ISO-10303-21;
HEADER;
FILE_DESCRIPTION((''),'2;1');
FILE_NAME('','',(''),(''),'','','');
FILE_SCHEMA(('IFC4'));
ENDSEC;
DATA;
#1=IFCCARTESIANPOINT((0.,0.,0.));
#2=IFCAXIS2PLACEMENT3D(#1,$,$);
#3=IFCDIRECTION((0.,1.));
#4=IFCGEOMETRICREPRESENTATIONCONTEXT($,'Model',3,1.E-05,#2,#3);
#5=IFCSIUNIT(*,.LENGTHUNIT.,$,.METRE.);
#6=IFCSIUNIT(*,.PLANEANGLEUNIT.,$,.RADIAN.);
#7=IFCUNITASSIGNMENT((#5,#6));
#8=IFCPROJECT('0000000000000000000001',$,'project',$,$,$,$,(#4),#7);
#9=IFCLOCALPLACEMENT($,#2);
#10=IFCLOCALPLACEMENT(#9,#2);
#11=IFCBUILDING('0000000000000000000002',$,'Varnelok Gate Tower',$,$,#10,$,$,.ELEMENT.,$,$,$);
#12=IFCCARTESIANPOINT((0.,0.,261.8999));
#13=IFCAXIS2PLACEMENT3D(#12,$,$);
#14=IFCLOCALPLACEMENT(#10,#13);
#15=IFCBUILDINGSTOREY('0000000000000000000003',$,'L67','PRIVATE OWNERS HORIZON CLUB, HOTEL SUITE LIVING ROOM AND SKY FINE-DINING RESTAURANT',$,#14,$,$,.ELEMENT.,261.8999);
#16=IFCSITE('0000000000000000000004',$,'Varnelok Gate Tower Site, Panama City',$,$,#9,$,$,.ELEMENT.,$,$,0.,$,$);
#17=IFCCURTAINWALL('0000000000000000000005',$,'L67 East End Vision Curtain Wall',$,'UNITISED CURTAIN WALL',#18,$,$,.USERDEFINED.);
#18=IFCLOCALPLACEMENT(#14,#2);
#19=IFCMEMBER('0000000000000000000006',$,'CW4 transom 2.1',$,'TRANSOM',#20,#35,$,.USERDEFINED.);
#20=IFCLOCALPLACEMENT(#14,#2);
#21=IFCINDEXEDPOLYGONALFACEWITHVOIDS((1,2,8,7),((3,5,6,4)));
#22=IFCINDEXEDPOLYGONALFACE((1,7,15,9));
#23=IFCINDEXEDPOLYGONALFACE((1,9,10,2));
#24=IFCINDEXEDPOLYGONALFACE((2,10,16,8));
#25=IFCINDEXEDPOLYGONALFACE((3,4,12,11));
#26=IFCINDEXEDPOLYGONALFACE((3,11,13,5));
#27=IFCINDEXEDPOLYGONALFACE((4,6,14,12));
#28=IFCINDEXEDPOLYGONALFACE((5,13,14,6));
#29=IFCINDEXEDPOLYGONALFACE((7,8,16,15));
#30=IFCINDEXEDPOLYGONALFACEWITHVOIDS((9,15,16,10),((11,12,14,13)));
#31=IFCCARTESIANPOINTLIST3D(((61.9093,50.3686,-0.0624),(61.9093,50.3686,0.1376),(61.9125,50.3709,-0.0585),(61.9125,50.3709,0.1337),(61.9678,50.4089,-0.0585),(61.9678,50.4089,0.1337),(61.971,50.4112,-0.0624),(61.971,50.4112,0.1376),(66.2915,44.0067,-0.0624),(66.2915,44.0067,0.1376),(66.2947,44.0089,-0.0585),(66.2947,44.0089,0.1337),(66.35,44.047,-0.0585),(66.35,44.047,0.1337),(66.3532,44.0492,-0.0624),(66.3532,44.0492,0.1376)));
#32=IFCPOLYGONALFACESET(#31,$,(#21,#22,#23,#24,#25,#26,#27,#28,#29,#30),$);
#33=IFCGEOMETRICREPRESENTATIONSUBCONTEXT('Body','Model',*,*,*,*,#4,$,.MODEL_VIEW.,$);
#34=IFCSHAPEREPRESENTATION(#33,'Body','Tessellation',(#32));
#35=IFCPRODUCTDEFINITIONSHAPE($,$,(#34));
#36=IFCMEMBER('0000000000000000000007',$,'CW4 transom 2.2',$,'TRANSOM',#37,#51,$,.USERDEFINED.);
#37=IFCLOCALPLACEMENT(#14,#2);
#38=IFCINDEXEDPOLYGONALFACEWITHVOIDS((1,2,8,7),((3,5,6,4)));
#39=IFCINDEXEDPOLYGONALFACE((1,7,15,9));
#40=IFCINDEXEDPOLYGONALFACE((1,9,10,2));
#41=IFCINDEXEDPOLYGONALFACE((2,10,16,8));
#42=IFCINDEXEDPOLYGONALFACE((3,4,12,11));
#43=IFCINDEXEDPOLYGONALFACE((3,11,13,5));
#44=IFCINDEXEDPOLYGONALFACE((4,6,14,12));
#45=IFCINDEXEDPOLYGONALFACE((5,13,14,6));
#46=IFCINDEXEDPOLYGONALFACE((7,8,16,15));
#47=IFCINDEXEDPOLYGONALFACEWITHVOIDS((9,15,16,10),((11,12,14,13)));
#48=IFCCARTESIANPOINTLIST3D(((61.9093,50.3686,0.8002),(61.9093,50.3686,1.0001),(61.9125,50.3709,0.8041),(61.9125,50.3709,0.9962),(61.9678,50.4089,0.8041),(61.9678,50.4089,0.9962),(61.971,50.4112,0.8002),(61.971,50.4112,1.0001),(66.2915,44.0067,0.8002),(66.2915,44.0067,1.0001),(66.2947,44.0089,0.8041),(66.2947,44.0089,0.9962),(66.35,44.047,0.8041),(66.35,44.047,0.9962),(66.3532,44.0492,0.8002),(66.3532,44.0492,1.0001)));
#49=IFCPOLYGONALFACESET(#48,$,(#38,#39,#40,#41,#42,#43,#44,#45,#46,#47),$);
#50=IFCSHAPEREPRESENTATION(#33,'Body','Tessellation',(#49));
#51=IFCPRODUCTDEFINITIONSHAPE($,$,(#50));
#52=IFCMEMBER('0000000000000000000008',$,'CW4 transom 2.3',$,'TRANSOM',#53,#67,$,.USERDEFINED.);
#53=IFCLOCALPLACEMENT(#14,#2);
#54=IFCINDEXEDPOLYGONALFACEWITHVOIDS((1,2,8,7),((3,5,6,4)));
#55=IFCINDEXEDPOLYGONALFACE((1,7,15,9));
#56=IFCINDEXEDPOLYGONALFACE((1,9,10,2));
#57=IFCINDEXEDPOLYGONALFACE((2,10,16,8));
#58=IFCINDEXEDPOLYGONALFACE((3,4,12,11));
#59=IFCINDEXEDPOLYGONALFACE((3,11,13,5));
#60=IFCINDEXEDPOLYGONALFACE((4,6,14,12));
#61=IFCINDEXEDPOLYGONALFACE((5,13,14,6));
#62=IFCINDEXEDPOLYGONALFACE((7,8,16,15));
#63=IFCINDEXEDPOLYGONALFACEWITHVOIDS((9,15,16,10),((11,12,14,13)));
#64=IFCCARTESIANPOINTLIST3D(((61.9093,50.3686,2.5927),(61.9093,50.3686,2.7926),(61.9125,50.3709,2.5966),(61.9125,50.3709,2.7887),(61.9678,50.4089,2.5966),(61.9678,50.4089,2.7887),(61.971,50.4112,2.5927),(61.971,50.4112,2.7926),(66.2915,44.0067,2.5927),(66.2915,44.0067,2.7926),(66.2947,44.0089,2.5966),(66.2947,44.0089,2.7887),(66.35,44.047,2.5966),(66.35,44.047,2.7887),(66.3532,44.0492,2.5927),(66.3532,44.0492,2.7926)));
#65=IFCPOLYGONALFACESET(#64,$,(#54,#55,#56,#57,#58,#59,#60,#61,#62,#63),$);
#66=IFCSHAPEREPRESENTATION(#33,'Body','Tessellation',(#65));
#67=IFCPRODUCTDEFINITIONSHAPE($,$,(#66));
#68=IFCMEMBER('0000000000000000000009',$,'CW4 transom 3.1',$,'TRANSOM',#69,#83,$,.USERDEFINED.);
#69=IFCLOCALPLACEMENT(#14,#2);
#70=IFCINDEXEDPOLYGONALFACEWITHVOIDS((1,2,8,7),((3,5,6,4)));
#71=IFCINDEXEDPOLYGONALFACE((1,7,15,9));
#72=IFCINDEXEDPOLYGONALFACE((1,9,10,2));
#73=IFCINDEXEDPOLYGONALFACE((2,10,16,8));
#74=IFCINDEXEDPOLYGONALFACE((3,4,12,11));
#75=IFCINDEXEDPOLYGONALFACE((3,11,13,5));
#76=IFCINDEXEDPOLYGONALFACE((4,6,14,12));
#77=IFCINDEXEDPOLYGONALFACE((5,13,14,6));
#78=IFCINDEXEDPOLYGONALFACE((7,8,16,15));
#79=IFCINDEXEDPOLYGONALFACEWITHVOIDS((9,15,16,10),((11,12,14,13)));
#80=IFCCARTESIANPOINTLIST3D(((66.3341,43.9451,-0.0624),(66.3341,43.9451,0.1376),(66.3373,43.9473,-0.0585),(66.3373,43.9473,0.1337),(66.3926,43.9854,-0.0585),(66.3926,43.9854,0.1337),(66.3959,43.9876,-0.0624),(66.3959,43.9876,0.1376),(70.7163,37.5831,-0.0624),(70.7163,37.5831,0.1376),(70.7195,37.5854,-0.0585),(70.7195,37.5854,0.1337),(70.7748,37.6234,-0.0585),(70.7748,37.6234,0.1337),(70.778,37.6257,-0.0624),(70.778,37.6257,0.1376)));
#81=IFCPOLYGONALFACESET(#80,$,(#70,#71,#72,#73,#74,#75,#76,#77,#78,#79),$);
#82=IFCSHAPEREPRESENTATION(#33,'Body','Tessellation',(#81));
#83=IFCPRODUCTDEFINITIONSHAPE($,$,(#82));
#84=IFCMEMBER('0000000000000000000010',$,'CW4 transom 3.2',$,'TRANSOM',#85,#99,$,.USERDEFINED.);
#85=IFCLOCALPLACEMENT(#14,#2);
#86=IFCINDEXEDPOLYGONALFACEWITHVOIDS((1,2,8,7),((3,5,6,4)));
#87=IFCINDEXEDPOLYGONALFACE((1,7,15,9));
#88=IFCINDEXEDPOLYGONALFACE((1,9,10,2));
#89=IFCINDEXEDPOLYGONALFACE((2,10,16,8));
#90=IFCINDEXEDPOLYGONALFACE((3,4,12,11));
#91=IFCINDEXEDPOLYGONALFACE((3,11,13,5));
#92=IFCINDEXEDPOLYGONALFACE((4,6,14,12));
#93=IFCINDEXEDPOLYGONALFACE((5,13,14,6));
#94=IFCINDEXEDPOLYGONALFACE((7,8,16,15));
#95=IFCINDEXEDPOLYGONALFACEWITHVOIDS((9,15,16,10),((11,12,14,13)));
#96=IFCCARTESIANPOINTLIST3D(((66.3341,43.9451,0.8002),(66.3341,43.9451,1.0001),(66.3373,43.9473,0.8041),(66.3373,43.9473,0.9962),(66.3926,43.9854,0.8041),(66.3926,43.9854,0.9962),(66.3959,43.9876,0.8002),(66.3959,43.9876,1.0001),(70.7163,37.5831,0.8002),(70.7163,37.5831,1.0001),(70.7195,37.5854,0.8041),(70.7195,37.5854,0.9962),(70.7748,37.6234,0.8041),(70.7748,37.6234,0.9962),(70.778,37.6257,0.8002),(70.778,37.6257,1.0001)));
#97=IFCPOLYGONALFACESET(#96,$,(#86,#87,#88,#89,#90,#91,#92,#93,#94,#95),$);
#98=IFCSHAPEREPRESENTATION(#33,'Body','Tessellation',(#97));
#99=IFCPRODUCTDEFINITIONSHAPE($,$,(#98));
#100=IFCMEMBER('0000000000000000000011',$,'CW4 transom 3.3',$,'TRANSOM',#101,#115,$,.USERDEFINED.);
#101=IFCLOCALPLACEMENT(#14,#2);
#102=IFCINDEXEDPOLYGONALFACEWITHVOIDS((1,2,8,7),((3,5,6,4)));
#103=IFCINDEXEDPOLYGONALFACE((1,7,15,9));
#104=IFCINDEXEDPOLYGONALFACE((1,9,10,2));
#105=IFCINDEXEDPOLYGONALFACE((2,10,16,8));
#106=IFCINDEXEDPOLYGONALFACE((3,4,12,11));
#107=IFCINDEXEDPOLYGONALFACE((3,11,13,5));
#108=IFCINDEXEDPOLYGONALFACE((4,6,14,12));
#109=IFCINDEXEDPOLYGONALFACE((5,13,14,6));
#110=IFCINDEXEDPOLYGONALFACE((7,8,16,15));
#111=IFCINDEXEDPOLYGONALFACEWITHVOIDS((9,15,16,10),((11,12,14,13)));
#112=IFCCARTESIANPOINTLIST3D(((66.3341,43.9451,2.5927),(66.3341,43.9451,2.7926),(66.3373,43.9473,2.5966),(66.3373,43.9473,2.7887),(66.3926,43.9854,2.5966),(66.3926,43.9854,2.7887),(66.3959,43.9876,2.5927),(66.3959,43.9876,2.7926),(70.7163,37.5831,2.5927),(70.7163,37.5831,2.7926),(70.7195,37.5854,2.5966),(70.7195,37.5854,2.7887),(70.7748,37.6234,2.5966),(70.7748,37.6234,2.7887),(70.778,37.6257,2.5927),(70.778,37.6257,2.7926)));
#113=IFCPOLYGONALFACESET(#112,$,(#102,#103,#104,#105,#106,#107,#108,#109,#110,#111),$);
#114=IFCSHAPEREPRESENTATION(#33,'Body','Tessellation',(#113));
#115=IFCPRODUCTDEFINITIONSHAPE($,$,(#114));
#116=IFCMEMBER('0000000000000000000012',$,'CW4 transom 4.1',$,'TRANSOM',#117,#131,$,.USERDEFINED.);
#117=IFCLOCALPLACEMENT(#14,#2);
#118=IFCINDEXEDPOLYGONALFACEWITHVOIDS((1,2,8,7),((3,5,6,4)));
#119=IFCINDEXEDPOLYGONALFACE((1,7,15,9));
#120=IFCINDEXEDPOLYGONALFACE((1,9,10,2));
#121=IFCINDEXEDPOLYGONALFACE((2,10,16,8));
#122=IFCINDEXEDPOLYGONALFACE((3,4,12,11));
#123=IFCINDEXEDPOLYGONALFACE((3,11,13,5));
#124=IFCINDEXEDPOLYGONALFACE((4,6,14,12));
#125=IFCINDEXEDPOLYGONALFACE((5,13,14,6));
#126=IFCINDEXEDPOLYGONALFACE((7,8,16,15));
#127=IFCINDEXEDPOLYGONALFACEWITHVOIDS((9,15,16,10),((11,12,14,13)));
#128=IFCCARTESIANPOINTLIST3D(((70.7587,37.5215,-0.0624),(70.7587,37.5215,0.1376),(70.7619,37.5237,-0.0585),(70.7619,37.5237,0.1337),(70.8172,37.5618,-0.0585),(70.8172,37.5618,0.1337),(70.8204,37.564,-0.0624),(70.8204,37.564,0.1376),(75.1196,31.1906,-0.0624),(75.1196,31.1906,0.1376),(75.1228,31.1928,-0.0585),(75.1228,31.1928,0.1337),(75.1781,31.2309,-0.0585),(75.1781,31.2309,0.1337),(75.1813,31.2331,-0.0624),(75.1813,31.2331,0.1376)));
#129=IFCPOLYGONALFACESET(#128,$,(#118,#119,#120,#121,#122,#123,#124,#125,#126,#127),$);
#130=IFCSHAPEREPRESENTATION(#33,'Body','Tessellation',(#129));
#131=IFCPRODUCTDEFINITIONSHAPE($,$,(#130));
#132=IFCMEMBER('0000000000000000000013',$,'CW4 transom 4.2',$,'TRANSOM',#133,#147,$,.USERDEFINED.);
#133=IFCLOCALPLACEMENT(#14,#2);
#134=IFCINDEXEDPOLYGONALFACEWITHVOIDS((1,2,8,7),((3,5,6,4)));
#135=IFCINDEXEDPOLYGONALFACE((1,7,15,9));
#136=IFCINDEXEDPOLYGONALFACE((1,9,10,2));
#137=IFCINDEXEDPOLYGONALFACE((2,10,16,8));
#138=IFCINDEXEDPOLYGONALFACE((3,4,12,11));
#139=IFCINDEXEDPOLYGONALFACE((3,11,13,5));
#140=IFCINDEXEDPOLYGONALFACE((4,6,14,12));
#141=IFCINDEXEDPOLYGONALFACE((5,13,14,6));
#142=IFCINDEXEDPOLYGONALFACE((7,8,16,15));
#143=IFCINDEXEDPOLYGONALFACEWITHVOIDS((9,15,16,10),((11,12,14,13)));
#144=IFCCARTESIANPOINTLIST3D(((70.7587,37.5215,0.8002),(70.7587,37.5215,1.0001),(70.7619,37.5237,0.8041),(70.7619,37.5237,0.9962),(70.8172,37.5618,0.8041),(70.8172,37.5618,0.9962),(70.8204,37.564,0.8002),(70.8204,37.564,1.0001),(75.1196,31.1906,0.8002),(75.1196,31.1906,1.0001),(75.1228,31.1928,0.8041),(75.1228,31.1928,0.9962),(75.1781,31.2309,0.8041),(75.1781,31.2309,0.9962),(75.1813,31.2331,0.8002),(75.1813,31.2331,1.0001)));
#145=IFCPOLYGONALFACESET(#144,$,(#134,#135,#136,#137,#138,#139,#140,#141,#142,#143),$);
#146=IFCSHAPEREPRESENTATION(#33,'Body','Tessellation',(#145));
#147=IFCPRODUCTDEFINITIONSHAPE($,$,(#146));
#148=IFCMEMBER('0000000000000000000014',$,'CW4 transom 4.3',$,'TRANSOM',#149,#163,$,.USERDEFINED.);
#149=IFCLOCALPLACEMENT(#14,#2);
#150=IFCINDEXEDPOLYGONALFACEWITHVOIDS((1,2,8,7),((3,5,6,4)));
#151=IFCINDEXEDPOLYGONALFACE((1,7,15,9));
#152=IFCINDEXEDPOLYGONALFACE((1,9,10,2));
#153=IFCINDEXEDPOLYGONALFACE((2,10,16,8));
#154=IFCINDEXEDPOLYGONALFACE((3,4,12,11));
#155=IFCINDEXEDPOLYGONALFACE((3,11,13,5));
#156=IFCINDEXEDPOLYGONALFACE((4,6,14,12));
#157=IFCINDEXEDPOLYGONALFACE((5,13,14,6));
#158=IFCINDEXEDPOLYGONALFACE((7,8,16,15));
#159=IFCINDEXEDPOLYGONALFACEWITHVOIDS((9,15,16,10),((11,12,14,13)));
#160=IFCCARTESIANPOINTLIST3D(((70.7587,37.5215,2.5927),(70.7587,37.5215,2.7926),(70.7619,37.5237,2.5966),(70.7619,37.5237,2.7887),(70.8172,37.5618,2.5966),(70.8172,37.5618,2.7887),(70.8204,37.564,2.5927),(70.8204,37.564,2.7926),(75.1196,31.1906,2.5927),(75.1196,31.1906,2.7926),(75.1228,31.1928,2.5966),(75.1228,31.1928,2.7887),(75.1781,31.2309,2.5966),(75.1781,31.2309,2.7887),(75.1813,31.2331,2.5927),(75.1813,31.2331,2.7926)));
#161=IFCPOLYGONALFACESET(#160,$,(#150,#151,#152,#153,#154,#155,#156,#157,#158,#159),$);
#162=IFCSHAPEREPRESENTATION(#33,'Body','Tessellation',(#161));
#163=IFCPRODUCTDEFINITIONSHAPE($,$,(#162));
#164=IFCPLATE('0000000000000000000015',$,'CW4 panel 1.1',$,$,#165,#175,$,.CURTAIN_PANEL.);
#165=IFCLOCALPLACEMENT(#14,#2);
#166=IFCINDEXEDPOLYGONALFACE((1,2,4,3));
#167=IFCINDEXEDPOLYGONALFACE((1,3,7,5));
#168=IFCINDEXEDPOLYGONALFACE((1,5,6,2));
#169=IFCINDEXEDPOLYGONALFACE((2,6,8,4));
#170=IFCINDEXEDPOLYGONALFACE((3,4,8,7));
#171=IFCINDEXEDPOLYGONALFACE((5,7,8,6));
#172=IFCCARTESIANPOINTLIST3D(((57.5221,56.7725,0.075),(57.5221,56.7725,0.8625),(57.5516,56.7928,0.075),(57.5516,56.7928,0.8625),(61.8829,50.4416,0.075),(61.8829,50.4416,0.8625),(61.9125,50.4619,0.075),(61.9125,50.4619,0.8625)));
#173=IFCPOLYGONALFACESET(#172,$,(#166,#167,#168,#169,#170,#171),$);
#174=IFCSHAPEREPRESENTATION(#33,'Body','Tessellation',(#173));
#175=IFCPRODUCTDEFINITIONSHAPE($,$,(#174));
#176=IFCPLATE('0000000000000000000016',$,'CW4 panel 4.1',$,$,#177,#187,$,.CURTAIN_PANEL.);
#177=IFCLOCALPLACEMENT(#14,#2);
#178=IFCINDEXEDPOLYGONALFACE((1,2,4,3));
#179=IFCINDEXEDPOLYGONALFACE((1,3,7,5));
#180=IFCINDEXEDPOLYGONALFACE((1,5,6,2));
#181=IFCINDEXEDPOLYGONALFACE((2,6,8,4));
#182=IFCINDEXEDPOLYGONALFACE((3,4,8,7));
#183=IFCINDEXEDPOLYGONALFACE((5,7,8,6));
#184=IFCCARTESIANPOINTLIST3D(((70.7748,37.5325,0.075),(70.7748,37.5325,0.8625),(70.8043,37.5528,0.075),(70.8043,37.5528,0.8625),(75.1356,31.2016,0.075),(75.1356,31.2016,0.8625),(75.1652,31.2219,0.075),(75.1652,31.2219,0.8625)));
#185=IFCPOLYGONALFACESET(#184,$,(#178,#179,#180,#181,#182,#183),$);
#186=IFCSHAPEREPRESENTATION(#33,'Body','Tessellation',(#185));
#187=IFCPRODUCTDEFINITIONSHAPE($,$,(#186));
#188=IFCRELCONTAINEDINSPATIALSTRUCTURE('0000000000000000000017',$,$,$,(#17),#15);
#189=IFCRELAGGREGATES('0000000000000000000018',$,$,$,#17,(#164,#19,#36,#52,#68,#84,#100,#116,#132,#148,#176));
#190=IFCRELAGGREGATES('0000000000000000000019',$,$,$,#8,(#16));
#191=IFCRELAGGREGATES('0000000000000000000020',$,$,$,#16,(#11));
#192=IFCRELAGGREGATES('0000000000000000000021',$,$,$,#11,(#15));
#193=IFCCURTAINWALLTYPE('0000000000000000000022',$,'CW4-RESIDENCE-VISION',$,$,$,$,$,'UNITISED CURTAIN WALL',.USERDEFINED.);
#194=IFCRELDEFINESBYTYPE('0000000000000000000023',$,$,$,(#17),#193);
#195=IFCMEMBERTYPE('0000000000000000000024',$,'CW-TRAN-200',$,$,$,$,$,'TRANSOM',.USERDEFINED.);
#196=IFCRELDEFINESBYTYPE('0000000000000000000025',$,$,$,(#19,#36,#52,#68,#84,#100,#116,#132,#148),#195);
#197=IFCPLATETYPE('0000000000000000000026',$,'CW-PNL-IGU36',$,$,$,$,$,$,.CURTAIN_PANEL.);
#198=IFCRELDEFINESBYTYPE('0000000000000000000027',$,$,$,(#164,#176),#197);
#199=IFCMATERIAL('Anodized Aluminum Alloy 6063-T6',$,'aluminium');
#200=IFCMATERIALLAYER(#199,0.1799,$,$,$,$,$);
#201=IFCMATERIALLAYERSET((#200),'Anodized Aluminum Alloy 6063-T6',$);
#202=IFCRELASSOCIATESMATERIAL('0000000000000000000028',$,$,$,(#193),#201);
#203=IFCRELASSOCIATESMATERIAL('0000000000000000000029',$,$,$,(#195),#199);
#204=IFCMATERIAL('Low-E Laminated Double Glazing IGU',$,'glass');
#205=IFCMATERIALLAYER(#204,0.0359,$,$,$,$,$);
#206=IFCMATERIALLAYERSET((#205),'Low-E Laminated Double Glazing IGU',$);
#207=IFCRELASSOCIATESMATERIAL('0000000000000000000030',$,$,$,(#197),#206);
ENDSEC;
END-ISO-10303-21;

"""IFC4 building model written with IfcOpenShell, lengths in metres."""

from ifc_helpers import new_model, si_unit, direction, frame, origin, origin_2d, place, context, subcontext, project, spatial, rectangle, hollow_rectangle, extrude, source, transform, mapped, material, layer, layer_set, material_profile, profile_set, type_object, element, aggregate, save


model = new_model("IFC4")

# Units and contexts
model_context = context("Model", 3, precision=1e-05, world=origin(), true_north=direction((0.0, 1.0)))
body_context = subcontext(model_context, "Body", "Model", "MODEL_VIEW")
ifc_project = project(units=[si_unit("LENGTHUNIT", "METRE"), si_unit("PLANEANGLEUNIT", "RADIAN")], contexts=[model_context])

# Site, building, storey
site_placement = place(None, origin())
site = spatial("IfcSite", under=ifc_project, at=site_placement, Name="Varnelok Gate Tower Site, Panama City", CompositionType="ELEMENT", RefElevation=0.0)
building_placement = place(site_placement, origin())
building = spatial("IfcBuilding", under=site, at=building_placement, Name="Varnelok Gate Tower", CompositionType="ELEMENT")
storey_placement = place(building_placement, frame((0.0, 0.0, 261.8999)))
storey = spatial("IfcBuildingStorey", under=building, at=storey_placement, Name="L67", Description="PRIVATE OWNERS HORIZON CLUB, HOTEL SUITE LIVING ROOM AND SKY FINE-DINING RESTAURANT", CompositionType="ELEMENT", Elevation=261.8999)

# Curtain wall, members, plates
ifc_material_1 = material(Name="Anodized Aluminum Alloy 6063-T6", Category="aluminium")
ifc_layer_1 = layer(ifc_material_1, 0.1799)
ifc_layer_set_1 = layer_set([ifc_layer_1], Name="Anodized Aluminum Alloy 6063-T6")
curtain_wall_type = type_object("IfcCurtainWallType", Name="CW4-RESIDENCE-VISION", ElementType="UNITISED CURTAIN WALL", PredefinedType="USERDEFINED", material=ifc_layer_set_1)
curtain_wall_placement = place(storey_placement, origin())
curtain_wall = element("IfcCurtainWall", 1, at=curtain_wall_placement, inside=storey, type_object=curtain_wall_type, Name="L67 East End Vision Curtain Wall", ObjectType="UNITISED CURTAIN WALL", PredefinedType="USERDEFINED")
ifc_material_profile_1 = material_profile(ifc_material_1, hollow_rectangle(XDim=0.075, YDim=0.2, WallThickness=0.0039, at=origin_2d()), Name="ALU200X75X4")
ifc_profile_set_1 = profile_set([ifc_material_profile_1], Name="Anodized Aluminum Alloy 6063-T6")
member_type_1 = type_object("IfcMemberType", Name="CW-TRAN-200", ElementType="TRANSOM", PredefinedType="USERDEFINED", material=ifc_profile_set_1)
member_1_placement = place(storey_placement, frame((61.9402, 50.3899, 0.0376), z_axis=(0.567261, -0.823538, 0.0), x_axis=(0.823538, 0.567261, 0.0)))
member_1 = element("IfcMember", 2, at=member_1_placement, type_object=member_type_1, Name="CW4 transom 2.1", ObjectType="TRANSOM", PredefinedType="USERDEFINED", context=body_context, shape_type="SweptSolid", body=[
    extrude(hollow_rectangle(XDim=0.075, YDim=0.2, WallThickness=0.0039, at=origin_2d()), origin(), (0.0, 0.0, 1.0), 7.7251),
])
member_2_placement = place(storey_placement, frame((61.9402, 50.3899, 0.9001), z_axis=(0.567261, -0.823538, 0.0), x_axis=(0.823538, 0.567261, 0.0)))
member_2 = element("IfcMember", 3, at=member_2_placement, type_object=member_type_1, Name="CW4 transom 2.2", ObjectType="TRANSOM", PredefinedType="USERDEFINED", context=body_context, shape_type="SweptSolid", body=[
    extrude(hollow_rectangle(XDim=0.075, YDim=0.2, WallThickness=0.0039, at=origin_2d()), origin(), (0.0, 0.0, 1.0), 7.7251),
])
member_3_placement = place(storey_placement, frame((61.9402, 50.3899, 2.6926), z_axis=(0.567261, -0.823538, 0.0), x_axis=(0.823538, 0.567261, 0.0)))
member_3 = element("IfcMember", 4, at=member_3_placement, type_object=member_type_1, Name="CW4 transom 2.3", ObjectType="TRANSOM", PredefinedType="USERDEFINED", context=body_context, shape_type="SweptSolid", body=[
    extrude(hollow_rectangle(XDim=0.075, YDim=0.2, WallThickness=0.0039, at=origin_2d()), origin(), (0.0, 0.0, 1.0), 7.7251),
])
member_4_placement = place(storey_placement, frame((66.365, 43.9663, 0.0376), z_axis=(0.567261, -0.823538, 0.0), x_axis=(0.823538, 0.567261, 0.0)))
member_4 = element("IfcMember", 5, at=member_4_placement, type_object=member_type_1, Name="CW4 transom 3.1", ObjectType="TRANSOM", PredefinedType="USERDEFINED", context=body_context, shape_type="SweptSolid", body=[
    extrude(hollow_rectangle(XDim=0.075, YDim=0.2, WallThickness=0.0039, at=origin_2d()), origin(), (0.0, 0.0, 1.0), 7.7251),
])
member_5_placement = place(storey_placement, frame((66.365, 43.9663, 0.9001), z_axis=(0.567261, -0.823538, 0.0), x_axis=(0.823538, 0.567261, 0.0)))
member_5 = element("IfcMember", 6, at=member_5_placement, type_object=member_type_1, Name="CW4 transom 3.2", ObjectType="TRANSOM", PredefinedType="USERDEFINED", context=body_context, shape_type="SweptSolid", body=[
    extrude(hollow_rectangle(XDim=0.075, YDim=0.2, WallThickness=0.0039, at=origin_2d()), origin(), (0.0, 0.0, 1.0), 7.7251),
])
member_6_placement = place(storey_placement, frame((66.365, 43.9663, 2.6926), z_axis=(0.567261, -0.823538, 0.0), x_axis=(0.823538, 0.567261, 0.0)))
member_6 = element("IfcMember", 7, at=member_6_placement, type_object=member_type_1, Name="CW4 transom 3.3", ObjectType="TRANSOM", PredefinedType="USERDEFINED", context=body_context, shape_type="SweptSolid", body=[
    extrude(hollow_rectangle(XDim=0.075, YDim=0.2, WallThickness=0.0039, at=origin_2d()), origin(), (0.0, 0.0, 1.0), 7.7251),
])
member_7_placement = place(storey_placement, frame((70.7896, 37.5427, 0.0376), z_axis=(0.567271, -0.823531, 0.0), x_axis=(0.823531, 0.567271, 0.0)))
member_7 = element("IfcMember", 8, at=member_7_placement, type_object=member_type_1, Name="CW4 transom 4.1", ObjectType="TRANSOM", PredefinedType="USERDEFINED", context=body_context, shape_type="SweptSolid", body=[
    extrude(hollow_rectangle(XDim=0.075, YDim=0.2, WallThickness=0.0039, at=origin_2d()), origin(), (0.0, 0.0, 1.0), 7.6875),
])
member_8_placement = place(storey_placement, frame((70.7896, 37.5427, 0.9001), z_axis=(0.567271, -0.823531, 0.0), x_axis=(0.823531, 0.567271, 0.0)))
member_8 = element("IfcMember", 9, at=member_8_placement, type_object=member_type_1, Name="CW4 transom 4.2", ObjectType="TRANSOM", PredefinedType="USERDEFINED", context=body_context, shape_type="SweptSolid", body=[
    extrude(hollow_rectangle(XDim=0.075, YDim=0.2, WallThickness=0.0039, at=origin_2d()), origin(), (0.0, 0.0, 1.0), 7.6875),
])
member_9_placement = place(storey_placement, frame((70.7896, 37.5427, 2.6926), z_axis=(0.567271, -0.823531, 0.0), x_axis=(0.823531, 0.567271, 0.0)))
member_9 = element("IfcMember", 10, at=member_9_placement, type_object=member_type_1, Name="CW4 transom 4.3", ObjectType="TRANSOM", PredefinedType="USERDEFINED", context=body_context, shape_type="SweptSolid", body=[
    extrude(hollow_rectangle(XDim=0.075, YDim=0.2, WallThickness=0.0039, at=origin_2d()), origin(), (0.0, 0.0, 1.0), 7.6875),
])
ifc_material_2 = material(Name="Low-E Laminated Double Glazing IGU", Category="glass")
ifc_layer_2 = layer(ifc_material_2, 0.0359)
ifc_layer_set_2 = layer_set([ifc_layer_2], Name="Low-E Laminated Double Glazing IGU")
plate_type = type_object("IfcPlateType", Name="CW-PNL-IGU36", PredefinedType="CURTAIN_PANEL", material=ifc_layer_set_2)
shared_shape_1 = source(origin(), body_context, "Body", "SweptSolid", [
    extrude(rectangle(XDim=7.6875, YDim=0.0359, at=origin_2d()), origin(), (0.0, 0.0, 1.0), 0.7876),
])
plate_1_placement = place(storey_placement, frame((59.7173, 53.6172, 0.075), z_axis=(0.0, 0.0, 1.0), x_axis=(0.567269, -0.823532, 0.0)))
plate_1 = element("IfcPlate", 11, at=plate_1_placement, type_object=plate_type, Name="CW4 panel 1.1", PredefinedType="CURTAIN_PANEL", context=body_context, shape_type="MappedRepresentation", body=[
    mapped(shared_shape_1, transform((0.0, 0.0, 0.0), scale=1.0)),
])
plate_2_placement = place(storey_placement, frame((72.97, 34.3772, 0.075), z_axis=(0.0, 0.0, 1.0), x_axis=(0.567269, -0.823532, 0.0)))
plate_2 = element("IfcPlate", 12, at=plate_2_placement, type_object=plate_type, Name="CW4 panel 4.1", PredefinedType="CURTAIN_PANEL", context=body_context, shape_type="MappedRepresentation", body=[
    mapped(shared_shape_1, transform((0.0, 0.0, 0.0), scale=1.0)),
])
aggregate(curtain_wall, [plate_1, member_1, member_2, member_3, member_4, member_5, member_6, member_7, member_8, member_9, plate_2])

save(model, "model.ifc")
